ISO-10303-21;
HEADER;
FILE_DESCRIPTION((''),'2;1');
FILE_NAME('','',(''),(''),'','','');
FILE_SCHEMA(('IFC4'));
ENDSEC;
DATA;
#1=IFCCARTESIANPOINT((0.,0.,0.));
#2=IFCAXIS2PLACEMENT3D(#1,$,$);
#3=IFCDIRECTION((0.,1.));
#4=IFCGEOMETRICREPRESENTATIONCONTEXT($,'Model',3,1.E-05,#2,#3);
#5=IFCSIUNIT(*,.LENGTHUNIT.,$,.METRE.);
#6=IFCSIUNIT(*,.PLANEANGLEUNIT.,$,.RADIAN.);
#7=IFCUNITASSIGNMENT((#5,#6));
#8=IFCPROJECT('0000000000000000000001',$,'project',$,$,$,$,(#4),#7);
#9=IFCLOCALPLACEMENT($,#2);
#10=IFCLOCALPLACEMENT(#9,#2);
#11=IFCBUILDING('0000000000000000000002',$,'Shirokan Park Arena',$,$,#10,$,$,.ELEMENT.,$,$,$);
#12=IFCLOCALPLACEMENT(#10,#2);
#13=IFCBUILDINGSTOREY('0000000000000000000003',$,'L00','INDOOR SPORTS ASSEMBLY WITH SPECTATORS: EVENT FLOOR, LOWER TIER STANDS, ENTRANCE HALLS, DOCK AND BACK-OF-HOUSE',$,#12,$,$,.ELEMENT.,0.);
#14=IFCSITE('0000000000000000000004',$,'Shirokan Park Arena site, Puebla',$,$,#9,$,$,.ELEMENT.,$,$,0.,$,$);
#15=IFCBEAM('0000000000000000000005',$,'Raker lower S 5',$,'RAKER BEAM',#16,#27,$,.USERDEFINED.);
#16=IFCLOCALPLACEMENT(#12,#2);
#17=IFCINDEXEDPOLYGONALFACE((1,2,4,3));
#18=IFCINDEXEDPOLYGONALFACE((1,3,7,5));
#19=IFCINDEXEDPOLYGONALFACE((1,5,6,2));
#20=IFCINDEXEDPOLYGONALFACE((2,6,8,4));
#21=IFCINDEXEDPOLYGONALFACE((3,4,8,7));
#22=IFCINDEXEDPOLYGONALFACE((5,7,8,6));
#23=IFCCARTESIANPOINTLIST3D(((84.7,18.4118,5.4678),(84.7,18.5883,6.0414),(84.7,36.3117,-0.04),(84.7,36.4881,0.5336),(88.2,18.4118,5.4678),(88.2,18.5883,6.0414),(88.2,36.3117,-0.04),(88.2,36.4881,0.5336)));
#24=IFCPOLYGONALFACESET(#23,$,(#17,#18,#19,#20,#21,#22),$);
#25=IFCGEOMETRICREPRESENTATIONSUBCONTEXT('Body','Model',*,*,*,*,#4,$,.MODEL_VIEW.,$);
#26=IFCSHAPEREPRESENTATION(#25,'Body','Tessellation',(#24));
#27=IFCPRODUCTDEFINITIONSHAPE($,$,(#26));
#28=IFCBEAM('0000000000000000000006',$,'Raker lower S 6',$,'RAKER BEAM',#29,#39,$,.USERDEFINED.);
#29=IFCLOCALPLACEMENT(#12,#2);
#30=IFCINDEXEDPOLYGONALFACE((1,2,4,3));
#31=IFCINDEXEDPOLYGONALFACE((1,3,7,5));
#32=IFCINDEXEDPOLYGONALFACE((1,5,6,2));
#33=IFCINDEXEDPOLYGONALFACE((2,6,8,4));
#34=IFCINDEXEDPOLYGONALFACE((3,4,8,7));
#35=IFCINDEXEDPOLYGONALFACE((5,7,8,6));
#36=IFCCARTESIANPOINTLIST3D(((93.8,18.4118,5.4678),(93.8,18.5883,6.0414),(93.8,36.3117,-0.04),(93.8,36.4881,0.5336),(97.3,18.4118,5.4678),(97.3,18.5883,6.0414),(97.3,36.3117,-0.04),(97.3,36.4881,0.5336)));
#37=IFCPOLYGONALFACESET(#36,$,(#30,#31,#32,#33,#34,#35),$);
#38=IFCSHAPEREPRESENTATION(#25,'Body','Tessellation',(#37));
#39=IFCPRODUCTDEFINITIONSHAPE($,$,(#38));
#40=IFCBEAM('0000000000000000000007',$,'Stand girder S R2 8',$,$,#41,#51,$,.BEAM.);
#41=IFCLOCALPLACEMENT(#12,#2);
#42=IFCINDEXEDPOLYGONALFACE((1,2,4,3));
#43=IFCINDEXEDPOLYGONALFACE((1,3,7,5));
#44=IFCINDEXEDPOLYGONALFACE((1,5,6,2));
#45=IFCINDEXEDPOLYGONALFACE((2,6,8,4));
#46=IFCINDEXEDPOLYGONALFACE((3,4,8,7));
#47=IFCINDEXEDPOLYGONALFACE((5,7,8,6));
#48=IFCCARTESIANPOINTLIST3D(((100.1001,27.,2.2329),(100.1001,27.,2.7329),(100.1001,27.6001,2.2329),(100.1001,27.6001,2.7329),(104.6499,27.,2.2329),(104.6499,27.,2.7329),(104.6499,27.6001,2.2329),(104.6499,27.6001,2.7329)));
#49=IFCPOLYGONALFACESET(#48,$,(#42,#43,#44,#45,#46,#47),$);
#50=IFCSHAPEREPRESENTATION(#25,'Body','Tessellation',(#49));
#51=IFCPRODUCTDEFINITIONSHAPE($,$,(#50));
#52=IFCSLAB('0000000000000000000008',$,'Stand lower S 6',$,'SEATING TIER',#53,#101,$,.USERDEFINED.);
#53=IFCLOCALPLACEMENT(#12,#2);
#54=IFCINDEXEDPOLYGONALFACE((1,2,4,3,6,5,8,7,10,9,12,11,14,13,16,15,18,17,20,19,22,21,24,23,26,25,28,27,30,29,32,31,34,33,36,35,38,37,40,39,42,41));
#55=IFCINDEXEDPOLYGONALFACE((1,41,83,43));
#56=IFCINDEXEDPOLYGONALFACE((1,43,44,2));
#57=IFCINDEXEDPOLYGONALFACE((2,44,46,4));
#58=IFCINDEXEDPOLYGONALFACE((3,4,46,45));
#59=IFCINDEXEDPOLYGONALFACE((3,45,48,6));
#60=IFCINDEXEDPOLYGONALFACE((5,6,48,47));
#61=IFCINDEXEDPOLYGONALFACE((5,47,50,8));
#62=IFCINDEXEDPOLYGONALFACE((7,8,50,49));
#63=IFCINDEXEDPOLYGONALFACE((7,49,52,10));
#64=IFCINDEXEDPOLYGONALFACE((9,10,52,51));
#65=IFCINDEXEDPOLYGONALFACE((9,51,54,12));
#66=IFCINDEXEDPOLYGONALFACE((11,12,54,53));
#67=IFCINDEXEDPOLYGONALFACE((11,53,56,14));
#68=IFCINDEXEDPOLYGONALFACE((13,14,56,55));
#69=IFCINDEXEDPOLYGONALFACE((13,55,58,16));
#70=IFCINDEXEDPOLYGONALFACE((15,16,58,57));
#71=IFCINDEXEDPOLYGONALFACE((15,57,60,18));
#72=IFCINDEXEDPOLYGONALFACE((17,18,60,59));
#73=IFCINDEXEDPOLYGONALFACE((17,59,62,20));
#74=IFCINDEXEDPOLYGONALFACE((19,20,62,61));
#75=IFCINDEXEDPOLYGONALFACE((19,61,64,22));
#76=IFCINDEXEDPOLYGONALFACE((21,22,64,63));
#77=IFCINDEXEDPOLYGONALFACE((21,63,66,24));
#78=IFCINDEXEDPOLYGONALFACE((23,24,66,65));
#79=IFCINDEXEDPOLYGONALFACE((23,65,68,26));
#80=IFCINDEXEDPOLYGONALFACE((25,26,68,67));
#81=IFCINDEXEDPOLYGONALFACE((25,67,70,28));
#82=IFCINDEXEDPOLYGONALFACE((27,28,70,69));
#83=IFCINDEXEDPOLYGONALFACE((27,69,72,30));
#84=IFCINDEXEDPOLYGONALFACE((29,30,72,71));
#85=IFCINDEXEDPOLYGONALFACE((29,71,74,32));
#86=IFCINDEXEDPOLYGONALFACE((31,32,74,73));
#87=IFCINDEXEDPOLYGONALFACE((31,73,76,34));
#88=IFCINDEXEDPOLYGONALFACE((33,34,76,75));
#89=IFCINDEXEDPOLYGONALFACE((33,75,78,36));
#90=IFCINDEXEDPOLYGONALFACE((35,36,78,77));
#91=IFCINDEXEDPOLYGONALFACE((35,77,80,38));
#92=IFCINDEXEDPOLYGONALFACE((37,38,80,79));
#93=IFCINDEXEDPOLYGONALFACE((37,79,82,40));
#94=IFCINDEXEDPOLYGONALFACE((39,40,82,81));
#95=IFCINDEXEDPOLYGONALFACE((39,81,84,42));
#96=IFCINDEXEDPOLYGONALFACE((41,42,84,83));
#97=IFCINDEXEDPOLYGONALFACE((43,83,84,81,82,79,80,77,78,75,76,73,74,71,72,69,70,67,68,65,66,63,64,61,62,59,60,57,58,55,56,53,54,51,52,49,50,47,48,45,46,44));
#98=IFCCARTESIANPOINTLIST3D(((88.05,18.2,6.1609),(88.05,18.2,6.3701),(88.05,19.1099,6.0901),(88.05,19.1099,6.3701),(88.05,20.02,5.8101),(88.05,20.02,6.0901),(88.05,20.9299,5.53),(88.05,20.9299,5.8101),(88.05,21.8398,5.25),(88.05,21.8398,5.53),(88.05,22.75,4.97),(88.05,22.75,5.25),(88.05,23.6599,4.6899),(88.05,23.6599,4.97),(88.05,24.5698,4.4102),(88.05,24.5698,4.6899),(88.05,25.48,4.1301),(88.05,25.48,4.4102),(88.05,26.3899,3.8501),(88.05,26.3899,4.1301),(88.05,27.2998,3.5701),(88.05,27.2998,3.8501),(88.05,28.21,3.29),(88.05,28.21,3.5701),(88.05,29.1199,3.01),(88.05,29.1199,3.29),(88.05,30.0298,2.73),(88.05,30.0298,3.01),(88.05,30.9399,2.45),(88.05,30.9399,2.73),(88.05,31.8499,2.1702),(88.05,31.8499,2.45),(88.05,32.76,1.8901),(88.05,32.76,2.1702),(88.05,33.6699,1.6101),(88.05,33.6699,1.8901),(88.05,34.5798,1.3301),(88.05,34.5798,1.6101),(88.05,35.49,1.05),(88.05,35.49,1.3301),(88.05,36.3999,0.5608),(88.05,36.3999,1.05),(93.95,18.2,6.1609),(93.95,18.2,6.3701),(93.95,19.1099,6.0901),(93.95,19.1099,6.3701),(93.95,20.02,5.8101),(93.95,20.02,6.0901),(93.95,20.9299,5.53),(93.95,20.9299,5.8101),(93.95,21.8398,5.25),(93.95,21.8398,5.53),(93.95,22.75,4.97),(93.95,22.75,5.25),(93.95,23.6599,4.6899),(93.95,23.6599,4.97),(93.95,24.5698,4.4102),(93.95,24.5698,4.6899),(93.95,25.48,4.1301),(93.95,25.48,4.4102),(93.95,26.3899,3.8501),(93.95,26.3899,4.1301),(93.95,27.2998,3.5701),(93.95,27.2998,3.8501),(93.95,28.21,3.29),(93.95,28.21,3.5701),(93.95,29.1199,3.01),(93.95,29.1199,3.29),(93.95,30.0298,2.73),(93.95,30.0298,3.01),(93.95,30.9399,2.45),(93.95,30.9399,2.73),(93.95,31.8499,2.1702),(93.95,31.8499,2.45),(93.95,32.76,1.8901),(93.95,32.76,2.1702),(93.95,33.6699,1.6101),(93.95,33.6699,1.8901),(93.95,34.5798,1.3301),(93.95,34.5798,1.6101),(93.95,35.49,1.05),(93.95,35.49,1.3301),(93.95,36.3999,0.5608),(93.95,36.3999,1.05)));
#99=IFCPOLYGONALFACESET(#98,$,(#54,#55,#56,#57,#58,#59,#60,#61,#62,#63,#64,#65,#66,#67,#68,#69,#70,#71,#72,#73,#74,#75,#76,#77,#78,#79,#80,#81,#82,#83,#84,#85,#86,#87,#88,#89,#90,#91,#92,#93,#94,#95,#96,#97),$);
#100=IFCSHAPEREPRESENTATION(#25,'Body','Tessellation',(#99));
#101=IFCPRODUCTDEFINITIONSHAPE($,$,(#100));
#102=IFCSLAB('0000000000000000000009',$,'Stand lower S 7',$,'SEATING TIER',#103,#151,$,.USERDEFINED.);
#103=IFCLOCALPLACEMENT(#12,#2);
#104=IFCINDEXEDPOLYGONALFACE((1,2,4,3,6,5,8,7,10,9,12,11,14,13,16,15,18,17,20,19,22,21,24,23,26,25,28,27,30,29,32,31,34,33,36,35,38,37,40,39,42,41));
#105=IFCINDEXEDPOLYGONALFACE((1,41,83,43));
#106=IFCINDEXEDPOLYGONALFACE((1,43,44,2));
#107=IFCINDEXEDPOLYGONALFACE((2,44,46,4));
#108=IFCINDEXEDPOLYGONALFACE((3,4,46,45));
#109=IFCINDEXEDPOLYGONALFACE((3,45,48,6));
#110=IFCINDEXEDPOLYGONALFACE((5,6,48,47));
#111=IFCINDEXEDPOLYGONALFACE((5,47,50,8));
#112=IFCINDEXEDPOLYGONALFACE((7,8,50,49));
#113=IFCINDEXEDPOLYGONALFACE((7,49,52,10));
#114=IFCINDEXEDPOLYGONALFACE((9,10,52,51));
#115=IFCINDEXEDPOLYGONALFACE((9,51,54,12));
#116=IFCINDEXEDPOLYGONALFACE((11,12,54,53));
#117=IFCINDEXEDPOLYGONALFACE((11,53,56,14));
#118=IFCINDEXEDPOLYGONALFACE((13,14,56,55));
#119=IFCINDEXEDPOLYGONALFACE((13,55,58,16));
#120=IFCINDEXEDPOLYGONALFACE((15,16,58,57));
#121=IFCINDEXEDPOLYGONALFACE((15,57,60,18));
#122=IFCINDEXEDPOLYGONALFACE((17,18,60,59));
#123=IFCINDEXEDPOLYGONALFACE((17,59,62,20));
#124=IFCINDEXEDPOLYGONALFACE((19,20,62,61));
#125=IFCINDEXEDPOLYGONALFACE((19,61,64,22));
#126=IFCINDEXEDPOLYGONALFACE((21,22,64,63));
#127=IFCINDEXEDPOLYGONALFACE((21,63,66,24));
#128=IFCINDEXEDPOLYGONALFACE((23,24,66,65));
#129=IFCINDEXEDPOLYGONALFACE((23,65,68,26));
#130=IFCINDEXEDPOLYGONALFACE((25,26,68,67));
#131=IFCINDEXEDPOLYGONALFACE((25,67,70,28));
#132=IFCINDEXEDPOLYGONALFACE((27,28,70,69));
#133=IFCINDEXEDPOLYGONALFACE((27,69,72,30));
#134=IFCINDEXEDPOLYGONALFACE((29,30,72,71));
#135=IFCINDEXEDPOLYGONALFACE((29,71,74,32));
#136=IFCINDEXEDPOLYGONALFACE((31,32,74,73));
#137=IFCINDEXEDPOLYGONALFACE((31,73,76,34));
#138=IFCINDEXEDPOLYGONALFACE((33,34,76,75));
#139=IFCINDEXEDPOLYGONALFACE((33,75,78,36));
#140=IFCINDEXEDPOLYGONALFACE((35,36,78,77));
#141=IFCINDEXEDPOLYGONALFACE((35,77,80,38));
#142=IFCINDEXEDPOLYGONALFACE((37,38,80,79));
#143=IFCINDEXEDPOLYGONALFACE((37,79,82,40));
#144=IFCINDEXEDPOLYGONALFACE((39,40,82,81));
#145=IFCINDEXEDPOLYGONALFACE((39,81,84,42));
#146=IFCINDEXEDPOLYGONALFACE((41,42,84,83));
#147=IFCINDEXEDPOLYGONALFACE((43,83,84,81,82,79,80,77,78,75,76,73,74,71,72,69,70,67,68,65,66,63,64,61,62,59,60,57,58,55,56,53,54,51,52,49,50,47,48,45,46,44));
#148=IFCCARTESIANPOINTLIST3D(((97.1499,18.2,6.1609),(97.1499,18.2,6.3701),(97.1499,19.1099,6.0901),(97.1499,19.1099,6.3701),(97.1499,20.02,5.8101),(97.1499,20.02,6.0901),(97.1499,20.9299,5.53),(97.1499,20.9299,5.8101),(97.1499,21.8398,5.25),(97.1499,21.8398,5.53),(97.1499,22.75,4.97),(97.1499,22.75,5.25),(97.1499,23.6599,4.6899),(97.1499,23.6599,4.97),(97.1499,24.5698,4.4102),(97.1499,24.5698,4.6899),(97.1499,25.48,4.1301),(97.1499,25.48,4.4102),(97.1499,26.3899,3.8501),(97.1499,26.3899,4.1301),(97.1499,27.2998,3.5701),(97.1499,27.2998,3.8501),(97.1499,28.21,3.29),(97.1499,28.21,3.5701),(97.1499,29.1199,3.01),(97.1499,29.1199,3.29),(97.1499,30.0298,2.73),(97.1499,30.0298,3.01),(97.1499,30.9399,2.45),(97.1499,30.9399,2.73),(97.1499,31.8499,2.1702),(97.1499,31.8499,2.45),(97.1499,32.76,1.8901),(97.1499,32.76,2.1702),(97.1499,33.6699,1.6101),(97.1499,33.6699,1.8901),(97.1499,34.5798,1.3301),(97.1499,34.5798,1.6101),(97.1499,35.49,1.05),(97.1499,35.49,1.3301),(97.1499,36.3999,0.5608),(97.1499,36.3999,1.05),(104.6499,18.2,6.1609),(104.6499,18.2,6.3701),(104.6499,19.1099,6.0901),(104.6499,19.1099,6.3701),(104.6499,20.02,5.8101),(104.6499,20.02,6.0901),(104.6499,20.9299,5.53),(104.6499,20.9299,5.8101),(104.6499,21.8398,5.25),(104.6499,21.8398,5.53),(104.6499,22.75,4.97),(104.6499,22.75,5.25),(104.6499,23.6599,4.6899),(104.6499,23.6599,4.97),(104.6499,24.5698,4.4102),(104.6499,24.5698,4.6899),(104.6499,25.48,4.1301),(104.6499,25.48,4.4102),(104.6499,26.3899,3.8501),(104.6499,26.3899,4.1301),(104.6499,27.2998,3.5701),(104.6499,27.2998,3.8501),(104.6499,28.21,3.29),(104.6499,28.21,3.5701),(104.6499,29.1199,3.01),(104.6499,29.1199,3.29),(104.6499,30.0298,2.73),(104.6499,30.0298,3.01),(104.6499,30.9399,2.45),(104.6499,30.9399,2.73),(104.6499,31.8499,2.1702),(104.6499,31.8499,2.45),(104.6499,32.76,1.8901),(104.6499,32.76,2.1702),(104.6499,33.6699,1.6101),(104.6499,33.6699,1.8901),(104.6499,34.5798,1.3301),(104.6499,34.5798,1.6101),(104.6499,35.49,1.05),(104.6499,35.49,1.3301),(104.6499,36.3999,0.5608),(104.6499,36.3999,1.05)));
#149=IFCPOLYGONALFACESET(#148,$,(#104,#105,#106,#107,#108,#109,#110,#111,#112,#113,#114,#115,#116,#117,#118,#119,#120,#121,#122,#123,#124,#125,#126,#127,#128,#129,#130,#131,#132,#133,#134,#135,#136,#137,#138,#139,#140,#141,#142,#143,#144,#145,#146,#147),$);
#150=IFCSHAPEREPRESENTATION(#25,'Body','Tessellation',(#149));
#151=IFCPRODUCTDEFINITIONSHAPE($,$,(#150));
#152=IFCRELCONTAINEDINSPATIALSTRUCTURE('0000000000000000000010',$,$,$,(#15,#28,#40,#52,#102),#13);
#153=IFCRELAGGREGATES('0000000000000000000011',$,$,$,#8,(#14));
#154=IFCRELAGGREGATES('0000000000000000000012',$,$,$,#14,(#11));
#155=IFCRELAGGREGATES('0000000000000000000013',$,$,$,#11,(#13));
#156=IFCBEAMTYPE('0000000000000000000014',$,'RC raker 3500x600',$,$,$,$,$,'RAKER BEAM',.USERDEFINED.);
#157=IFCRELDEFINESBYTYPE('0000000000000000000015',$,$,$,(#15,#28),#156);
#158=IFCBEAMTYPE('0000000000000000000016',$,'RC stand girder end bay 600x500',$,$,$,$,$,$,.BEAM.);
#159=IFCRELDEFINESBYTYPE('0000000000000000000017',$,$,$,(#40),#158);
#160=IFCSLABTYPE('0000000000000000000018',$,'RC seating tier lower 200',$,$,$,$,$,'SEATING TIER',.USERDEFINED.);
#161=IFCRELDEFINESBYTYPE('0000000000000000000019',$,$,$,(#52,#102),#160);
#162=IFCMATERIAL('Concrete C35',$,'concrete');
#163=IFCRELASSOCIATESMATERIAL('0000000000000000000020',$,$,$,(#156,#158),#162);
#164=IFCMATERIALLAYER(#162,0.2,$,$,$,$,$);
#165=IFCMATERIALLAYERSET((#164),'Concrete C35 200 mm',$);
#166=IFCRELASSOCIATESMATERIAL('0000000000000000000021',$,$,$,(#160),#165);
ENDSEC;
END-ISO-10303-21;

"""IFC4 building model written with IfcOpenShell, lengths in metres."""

from ifc_helpers import new_model, si_unit, direction, frame, origin, origin_2d, place, context, subcontext, project, spatial, polyline, rectangle, outline, extrude, material, layer, layer_set, material_profile, profile_set, type_object, element, save


model = new_model("IFC4")

# Units and contexts
model_context = context("Model", 3, precision=1e-05, world=origin(), true_north=direction((0.0, 1.0)))
body_context = subcontext(model_context, "Body", "Model", "MODEL_VIEW")
ifc_project = project(units=[si_unit("LENGTHUNIT", "METRE"), si_unit("PLANEANGLEUNIT", "RADIAN")], contexts=[model_context])

# Site, building, storey
site_placement = place(None, origin())
site = spatial("IfcSite", under=ifc_project, at=site_placement, Name="Shirokan Park Arena site, Puebla", CompositionType="ELEMENT", RefElevation=0.0)
building_placement = place(site_placement, origin())
building = spatial("IfcBuilding", under=site, at=building_placement, Name="Shirokan Park Arena", CompositionType="ELEMENT")
storey_placement = place(building_placement, origin())
storey = spatial("IfcBuildingStorey", under=building, at=storey_placement, Name="L00", Description="INDOOR SPORTS ASSEMBLY WITH SPECTATORS: EVENT FLOOR, LOWER TIER STANDS, ENTRANCE HALLS, DOCK AND BACK-OF-HOUSE", CompositionType="ELEMENT", Elevation=0.0)

# Shared definitions
ifc_material_1 = material(Name="Concrete C35", Category="concrete")

# Beams
ifc_material_profile_1 = material_profile(ifc_material_1, rectangle(XDim=3.5, YDim=0.6001, at=origin_2d()), Name="3500x600")
ifc_profile_set_1 = profile_set([ifc_material_profile_1], Name="Concrete C35")
beam_type_1 = type_object("IfcBeamType", Name="RC raker 3500x600", ElementType="RAKER BEAM", PredefinedType="USERDEFINED", material=ifc_profile_set_1)
for number, where, z_axis, x_axis, name in (
    (1, (86.45, 36.3999, 0.2468), (0.0, -0.955777, 0.294093), (1.0, 0.0, 0.0), "Raker lower S 5"),
    (2, (95.55, 36.3999, 0.2468), (0.0, -0.955777, 0.294093), (1.0, 0.0, 0.0), "Raker lower S 6"),
):
    element("IfcBeam", number, at=place(storey_placement, frame(where, z_axis=z_axis, x_axis=x_axis)), inside=storey, type_object=beam_type_1, Name=name, ObjectType="RAKER BEAM", PredefinedType="USERDEFINED", context=body_context, shape_type="SweptSolid", body=[
        extrude(rectangle(XDim=3.5, YDim=0.6001, at=origin_2d()), origin(), (0.0, 0.0, 1.0), 18.728),
    ])
ifc_material_profile_2 = material_profile(ifc_material_1, rectangle(XDim=0.6001, YDim=0.5, at=origin_2d()), Name="600x500")
ifc_profile_set_2 = profile_set([ifc_material_profile_2], Name="Concrete C35")
beam_type_2 = type_object("IfcBeamType", Name="RC stand girder end bay 600x500", PredefinedType="BEAM", material=ifc_profile_set_2)
beam_1_placement = place(storey_placement, frame((100.1001, 27.3, 2.4829), z_axis=(1.0, 0.0, 0.0), x_axis=(0.0, 1.0, 0.0)))
element("IfcBeam", 3, at=beam_1_placement, inside=storey, type_object=beam_type_2, Name="Stand girder S R2 8", PredefinedType="BEAM", context=body_context, shape_type="SweptSolid", body=[
    extrude(rectangle(XDim=0.6001, YDim=0.5, at=origin_2d()), origin(), (0.0, 0.0, 1.0), 4.5498),
])

# Slabs
ifc_layer = layer(ifc_material_1, 0.2)
ifc_layer_set = layer_set([ifc_layer], Name="Concrete C35 200 mm")
slab_type = type_object("IfcSlabType", Name="RC seating tier lower 200", ElementType="SEATING TIER", PredefinedType="USERDEFINED", material=ifc_layer_set)
slab_1_placement = place(storey_placement, frame((91.0, 36.3999, 1.05), z_axis=(0.0, 0.0, 1.0), x_axis=(0.0, -1.0, 0.0)))
element("IfcSlab", 4, at=slab_1_placement, inside=storey, type_object=slab_type, Name="Stand lower S 6", ObjectType="SEATING TIER", PredefinedType="USERDEFINED", context=body_context, shape_type="SweptSolid", body=[
    extrude(outline(polyline([(0.0, 0.0), (0.9099, 0.0), (0.9099, 0.28), (1.8201, 0.28), (1.8201, 0.5601), (2.73, 0.5601), (2.73, 0.8401), (3.6399, 0.8401), (3.6399, 1.1201), (4.55, 1.1201), (4.55, 1.3999), (5.46, 1.3999), (5.46, 1.6799), (6.3701, 1.6799), (6.3701, 1.96), (7.28, 1.96), (7.28, 2.24), (8.1899, 2.24), (8.1899, 2.52), (9.1001, 2.52), (9.1001, 2.8), (10.01, 2.8), (10.01, 3.0801), (10.9199, 3.0801), (10.9199, 3.3601), (11.8301, 3.3601), (11.8301, 3.6399), (12.74, 3.6399), (12.74, 3.9199), (13.6499, 3.9199), (13.6499, 4.2), (14.5601, 4.2), (14.5601, 4.48), (15.47, 4.48), (15.47, 4.76), (16.3799, 4.76), (16.3799, 5.04), (17.29, 5.04), (17.29, 5.3201), (18.2, 5.3201), (18.2, 5.1108), (0.0, -0.4893), (0.0, 0.0)])), frame((0.0, 2.95, 0.0), z_axis=(0.0, -1.0, 0.0), x_axis=(1.0, 0.0, 0.0)), (0.0, 0.0, 1.0), 5.8999),
])
slab_2_placement = place(storey_placement, frame((100.8999, 36.3999, 1.05), z_axis=(0.0, 0.0, 1.0), x_axis=(0.0, -1.0, 0.0)))
element("IfcSlab", 5, at=slab_2_placement, inside=storey, type_object=slab_type, Name="Stand lower S 7", ObjectType="SEATING TIER", PredefinedType="USERDEFINED", context=body_context, shape_type="SweptSolid", body=[
    extrude(outline(polyline([(0.0, 0.0), (0.9099, 0.0), (0.9099, 0.28), (1.8201, 0.28), (1.8201, 0.5601), (2.73, 0.5601), (2.73, 0.8401), (3.6399, 0.8401), (3.6399, 1.1201), (4.55, 1.1201), (4.55, 1.3999), (5.46, 1.3999), (5.46, 1.6799), (6.3701, 1.6799), (6.3701, 1.96), (7.28, 1.96), (7.28, 2.24), (8.1899, 2.24), (8.1899, 2.52), (9.1001, 2.52), (9.1001, 2.8), (10.01, 2.8), (10.01, 3.0801), (10.9199, 3.0801), (10.9199, 3.3601), (11.8301, 3.3601), (11.8301, 3.6399), (12.74, 3.6399), (12.74, 3.9199), (13.6499, 3.9199), (13.6499, 4.2), (14.5601, 4.2), (14.5601, 4.48), (15.47, 4.48), (15.47, 4.76), (16.3799, 4.76), (16.3799, 5.04), (17.29, 5.04), (17.29, 5.3201), (18.2, 5.3201), (18.2, 5.1108), (0.0, -0.4893), (0.0, 0.0)])), frame((0.0, 3.75, 0.0), z_axis=(0.0, -1.0, 0.0), x_axis=(1.0, 0.0, 0.0)), (0.0, 0.0, 1.0), 7.5),
])

save(model, "model.ifc")
